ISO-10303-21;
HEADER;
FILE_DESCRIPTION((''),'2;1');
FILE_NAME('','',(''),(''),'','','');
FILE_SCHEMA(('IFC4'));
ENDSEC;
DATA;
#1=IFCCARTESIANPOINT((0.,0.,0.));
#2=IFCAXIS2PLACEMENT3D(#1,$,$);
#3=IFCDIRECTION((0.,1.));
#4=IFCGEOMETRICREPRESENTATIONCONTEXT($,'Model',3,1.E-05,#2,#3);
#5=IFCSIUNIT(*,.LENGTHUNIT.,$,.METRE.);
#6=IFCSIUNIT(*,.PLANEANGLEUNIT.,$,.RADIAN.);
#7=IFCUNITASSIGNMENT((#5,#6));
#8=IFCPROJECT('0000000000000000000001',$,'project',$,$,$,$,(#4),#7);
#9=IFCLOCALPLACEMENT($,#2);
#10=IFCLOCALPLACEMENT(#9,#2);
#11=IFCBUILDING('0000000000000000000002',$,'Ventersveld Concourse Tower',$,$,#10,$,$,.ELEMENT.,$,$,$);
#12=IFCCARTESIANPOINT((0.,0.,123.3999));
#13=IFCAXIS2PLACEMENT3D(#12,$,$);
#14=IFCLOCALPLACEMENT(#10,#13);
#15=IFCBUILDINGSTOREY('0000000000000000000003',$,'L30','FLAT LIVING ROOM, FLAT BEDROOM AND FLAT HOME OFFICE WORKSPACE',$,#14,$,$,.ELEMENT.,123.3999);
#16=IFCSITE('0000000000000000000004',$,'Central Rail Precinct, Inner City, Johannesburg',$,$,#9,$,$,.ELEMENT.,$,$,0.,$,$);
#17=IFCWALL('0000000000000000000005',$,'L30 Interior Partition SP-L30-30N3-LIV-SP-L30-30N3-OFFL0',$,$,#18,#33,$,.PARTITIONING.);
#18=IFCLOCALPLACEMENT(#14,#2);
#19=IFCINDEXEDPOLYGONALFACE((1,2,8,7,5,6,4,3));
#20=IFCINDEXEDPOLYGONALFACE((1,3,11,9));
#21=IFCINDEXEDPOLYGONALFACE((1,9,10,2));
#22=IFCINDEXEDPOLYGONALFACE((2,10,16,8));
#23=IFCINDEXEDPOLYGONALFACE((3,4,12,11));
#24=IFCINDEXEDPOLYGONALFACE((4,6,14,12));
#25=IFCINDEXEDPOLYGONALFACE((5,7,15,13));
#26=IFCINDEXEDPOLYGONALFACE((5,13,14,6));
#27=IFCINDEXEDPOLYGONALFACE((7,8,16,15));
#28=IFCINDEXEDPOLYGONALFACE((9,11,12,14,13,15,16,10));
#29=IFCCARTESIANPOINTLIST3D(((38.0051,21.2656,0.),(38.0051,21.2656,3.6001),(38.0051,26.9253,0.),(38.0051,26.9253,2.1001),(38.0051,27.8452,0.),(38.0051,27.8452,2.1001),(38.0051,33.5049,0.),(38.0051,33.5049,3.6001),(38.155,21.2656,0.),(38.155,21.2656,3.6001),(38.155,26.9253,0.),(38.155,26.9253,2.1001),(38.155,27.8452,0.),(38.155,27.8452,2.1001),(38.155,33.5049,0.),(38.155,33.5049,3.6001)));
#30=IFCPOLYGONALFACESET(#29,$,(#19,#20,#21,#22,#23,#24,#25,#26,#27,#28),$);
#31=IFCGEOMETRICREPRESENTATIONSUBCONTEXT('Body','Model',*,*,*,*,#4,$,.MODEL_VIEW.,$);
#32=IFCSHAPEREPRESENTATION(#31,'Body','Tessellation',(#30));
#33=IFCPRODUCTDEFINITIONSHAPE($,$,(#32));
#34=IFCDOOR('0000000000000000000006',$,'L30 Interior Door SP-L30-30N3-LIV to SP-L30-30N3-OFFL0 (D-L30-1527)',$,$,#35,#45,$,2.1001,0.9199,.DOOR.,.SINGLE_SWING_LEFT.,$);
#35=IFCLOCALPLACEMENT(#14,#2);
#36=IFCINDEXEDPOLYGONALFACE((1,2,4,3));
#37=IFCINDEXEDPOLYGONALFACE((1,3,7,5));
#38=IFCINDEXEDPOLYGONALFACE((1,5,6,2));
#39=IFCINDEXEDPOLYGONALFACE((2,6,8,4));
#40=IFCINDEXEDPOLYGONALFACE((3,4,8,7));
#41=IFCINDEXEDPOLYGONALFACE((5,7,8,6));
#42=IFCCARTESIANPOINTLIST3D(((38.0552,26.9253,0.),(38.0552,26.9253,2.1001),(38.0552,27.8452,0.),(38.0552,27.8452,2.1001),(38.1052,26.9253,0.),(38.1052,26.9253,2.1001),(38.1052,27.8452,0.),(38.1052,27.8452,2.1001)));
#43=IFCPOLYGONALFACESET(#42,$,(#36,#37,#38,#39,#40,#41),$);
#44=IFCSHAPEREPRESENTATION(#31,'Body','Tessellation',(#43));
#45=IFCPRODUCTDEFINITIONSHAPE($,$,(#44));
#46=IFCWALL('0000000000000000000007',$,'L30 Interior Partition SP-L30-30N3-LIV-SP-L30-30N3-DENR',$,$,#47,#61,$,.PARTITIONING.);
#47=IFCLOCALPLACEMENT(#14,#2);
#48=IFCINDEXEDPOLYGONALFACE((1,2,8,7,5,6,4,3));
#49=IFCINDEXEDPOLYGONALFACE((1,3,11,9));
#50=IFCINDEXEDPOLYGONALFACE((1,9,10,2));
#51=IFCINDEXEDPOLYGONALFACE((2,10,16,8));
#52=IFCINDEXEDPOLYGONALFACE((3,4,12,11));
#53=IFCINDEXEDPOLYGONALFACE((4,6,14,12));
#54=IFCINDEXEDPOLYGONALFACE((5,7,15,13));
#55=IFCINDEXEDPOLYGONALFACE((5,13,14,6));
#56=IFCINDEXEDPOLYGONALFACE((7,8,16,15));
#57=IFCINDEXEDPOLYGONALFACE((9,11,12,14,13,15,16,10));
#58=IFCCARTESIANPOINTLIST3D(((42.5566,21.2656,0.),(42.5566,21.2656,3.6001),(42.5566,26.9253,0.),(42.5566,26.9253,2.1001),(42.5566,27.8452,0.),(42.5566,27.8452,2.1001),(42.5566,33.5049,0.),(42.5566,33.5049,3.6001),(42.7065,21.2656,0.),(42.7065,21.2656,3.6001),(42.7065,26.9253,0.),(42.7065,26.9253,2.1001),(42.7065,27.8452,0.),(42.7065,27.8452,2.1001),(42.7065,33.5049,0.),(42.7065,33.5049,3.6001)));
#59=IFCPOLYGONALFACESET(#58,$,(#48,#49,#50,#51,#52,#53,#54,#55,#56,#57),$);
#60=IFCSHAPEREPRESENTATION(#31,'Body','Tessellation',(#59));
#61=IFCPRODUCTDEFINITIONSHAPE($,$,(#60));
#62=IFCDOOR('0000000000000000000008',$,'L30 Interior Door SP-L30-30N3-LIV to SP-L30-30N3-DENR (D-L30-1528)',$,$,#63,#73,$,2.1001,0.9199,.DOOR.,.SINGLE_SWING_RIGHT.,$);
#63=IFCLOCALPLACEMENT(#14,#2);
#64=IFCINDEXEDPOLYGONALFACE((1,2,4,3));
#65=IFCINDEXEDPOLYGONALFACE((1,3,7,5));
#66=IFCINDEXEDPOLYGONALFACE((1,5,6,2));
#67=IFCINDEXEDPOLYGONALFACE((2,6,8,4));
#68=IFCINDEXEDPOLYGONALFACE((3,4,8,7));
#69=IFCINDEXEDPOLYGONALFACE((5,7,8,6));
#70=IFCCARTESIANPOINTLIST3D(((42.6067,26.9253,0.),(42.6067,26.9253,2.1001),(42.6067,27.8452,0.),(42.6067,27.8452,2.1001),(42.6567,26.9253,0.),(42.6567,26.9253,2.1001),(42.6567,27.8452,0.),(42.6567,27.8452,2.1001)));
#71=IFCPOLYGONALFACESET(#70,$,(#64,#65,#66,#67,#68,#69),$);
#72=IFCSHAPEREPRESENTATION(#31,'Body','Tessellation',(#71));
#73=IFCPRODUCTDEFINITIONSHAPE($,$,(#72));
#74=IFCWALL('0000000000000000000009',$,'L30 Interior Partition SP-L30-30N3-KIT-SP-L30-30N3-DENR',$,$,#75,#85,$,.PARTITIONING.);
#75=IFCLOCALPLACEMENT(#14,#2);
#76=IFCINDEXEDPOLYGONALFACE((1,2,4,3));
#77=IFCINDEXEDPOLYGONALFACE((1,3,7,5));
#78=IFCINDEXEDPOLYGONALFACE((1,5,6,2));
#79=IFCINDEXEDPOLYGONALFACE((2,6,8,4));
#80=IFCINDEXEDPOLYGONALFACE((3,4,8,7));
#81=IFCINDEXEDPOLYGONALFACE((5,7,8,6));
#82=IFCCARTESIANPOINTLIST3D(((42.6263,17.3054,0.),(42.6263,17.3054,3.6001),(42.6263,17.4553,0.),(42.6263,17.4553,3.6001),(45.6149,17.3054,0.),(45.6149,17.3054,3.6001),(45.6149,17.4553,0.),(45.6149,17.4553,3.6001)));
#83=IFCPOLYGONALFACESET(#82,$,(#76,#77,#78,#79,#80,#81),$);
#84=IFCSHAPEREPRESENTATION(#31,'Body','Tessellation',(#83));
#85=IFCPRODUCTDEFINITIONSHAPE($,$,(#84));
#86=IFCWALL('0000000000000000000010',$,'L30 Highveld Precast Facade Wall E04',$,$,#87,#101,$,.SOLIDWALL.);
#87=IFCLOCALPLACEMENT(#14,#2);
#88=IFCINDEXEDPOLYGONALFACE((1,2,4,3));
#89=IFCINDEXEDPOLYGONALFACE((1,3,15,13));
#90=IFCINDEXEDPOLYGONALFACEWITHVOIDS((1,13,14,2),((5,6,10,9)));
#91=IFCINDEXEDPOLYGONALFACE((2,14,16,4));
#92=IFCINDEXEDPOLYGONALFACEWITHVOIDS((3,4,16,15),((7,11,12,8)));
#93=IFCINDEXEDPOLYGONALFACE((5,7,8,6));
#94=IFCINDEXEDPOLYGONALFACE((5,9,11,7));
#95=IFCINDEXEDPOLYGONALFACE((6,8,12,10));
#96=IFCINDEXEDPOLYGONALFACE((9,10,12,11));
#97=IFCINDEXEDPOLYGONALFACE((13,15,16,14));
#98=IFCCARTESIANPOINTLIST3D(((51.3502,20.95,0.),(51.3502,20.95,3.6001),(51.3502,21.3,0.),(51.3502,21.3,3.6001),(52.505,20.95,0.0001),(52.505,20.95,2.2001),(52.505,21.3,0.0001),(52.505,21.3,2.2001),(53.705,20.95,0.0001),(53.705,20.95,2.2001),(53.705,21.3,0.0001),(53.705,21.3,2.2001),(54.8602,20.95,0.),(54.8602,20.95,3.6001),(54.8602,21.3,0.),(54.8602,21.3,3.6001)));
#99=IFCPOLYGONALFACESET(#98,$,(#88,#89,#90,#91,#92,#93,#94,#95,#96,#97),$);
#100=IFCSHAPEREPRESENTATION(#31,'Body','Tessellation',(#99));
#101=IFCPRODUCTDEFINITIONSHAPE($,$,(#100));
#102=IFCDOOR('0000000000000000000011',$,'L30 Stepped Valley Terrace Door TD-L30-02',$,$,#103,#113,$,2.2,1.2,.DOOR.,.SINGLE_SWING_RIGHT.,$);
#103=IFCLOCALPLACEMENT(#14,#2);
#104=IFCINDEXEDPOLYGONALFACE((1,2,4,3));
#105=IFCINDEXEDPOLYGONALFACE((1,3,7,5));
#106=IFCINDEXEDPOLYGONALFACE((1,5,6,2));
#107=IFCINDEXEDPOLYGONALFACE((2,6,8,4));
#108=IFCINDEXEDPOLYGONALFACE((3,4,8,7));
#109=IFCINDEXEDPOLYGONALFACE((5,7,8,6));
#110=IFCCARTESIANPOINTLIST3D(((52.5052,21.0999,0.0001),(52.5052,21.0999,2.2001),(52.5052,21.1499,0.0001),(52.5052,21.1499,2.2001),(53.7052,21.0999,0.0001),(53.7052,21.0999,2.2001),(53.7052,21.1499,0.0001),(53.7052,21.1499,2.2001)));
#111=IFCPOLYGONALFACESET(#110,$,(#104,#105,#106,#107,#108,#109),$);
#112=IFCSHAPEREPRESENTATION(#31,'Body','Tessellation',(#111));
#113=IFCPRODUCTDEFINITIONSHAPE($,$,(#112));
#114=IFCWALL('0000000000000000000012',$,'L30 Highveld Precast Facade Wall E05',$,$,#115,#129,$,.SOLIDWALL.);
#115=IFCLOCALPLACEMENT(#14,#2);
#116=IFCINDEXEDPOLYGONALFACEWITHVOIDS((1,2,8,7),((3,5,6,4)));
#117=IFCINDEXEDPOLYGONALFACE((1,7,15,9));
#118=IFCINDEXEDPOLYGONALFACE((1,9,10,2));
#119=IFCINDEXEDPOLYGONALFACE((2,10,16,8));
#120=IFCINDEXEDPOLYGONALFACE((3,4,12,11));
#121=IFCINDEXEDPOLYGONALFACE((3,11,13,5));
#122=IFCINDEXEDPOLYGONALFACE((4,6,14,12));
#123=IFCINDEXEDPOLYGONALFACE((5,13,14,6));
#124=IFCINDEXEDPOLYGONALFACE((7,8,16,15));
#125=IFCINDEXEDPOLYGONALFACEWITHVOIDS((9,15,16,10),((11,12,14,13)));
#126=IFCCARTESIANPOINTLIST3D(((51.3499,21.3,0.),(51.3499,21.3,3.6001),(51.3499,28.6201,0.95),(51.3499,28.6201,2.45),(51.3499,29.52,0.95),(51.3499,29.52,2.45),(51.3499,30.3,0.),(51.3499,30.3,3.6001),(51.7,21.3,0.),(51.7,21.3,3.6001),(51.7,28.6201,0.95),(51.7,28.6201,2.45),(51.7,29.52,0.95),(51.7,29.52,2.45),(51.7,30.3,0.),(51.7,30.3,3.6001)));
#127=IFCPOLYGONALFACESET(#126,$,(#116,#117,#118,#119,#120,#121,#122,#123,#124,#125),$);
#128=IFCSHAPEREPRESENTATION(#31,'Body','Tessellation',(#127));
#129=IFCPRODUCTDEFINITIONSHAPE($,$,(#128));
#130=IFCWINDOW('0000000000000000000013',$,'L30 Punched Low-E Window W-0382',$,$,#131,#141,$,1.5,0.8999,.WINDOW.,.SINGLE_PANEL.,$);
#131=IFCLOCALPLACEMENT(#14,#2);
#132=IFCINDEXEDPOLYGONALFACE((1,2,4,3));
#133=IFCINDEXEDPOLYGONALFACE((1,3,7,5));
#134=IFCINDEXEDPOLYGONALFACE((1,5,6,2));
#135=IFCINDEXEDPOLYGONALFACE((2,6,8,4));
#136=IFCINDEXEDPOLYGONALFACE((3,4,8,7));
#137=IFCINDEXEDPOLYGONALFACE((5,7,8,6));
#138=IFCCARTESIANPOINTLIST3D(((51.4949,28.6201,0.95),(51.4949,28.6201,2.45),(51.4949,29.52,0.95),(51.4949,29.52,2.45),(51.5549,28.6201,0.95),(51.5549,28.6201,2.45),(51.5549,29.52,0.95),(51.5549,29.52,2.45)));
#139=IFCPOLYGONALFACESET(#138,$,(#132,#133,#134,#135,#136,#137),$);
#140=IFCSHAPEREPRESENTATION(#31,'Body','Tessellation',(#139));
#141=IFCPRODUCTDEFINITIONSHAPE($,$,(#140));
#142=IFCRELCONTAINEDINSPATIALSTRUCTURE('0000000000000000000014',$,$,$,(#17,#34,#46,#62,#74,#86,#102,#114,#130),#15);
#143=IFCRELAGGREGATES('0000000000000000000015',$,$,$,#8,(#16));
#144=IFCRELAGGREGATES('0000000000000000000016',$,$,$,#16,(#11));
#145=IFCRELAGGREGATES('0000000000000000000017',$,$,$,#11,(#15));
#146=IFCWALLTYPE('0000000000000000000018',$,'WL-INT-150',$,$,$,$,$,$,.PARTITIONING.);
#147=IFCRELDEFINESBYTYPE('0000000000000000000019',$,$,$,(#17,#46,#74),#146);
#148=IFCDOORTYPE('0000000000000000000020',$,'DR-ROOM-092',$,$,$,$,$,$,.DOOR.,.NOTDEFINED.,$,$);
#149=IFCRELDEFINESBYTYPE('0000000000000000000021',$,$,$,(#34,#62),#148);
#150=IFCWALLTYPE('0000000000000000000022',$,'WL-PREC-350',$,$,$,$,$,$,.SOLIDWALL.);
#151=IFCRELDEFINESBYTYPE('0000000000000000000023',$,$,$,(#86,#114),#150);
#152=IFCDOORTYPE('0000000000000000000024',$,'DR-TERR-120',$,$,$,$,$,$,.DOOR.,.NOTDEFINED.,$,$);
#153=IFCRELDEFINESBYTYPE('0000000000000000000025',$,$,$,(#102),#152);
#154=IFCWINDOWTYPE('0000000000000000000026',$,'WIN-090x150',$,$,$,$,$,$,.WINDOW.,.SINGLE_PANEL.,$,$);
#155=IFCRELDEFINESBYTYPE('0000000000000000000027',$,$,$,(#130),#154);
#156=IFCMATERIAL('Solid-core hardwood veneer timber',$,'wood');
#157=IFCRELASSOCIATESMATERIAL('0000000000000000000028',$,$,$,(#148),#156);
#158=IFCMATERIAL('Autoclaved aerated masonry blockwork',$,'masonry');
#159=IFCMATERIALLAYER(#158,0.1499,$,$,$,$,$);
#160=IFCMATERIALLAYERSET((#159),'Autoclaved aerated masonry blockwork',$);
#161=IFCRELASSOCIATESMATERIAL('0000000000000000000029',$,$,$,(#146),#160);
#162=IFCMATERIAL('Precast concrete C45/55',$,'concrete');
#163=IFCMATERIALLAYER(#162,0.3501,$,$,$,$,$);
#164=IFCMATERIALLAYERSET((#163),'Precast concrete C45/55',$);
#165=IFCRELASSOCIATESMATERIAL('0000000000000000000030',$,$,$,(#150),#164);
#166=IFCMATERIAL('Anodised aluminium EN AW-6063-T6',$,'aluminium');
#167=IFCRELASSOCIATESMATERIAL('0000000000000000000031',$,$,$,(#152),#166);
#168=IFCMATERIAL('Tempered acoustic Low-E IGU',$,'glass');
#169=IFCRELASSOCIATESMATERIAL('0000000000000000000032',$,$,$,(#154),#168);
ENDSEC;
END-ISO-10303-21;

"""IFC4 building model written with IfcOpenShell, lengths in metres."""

from ifc_helpers import new_model, si_unit, direction, frame, frame_2d, origin, place, context, subcontext, project, spatial, rectangle, extrude, material, layer, layer_set, type_object, element, fill, save


model = new_model("IFC4")

# Units and contexts
model_context = context("Model", 3, precision=1e-05, world=origin(), true_north=direction((0.0, 1.0)))
body_context = subcontext(model_context, "Body", "Model", "MODEL_VIEW")
ifc_project = project(units=[si_unit("LENGTHUNIT", "METRE"), si_unit("PLANEANGLEUNIT", "RADIAN")], contexts=[model_context])

# Site, building, storey
site_placement = place(None, origin())
site = spatial("IfcSite", under=ifc_project, at=site_placement, Name="Central Rail Precinct, Inner City, Johannesburg", CompositionType="ELEMENT", RefElevation=0.0)
building_placement = place(site_placement, origin())
building = spatial("IfcBuilding", under=site, at=building_placement, Name="Ventersveld Concourse Tower", CompositionType="ELEMENT")
storey_placement = place(building_placement, frame((0.0, 0.0, 123.3999)))
storey = spatial("IfcBuildingStorey", under=building, at=storey_placement, Name="L30", Description="FLAT LIVING ROOM, FLAT BEDROOM AND FLAT HOME OFFICE WORKSPACE", CompositionType="ELEMENT", Elevation=123.3999)

# Walls, openings, doors
ifc_material_1 = material(Name="Solid-core hardwood veneer timber", Category="wood")
door_type_1 = type_object("IfcDoorType", Name="DR-ROOM-092", OperationType="NOTDEFINED", PredefinedType="DOOR", material=ifc_material_1)
ifc_material_2 = material(Name="Autoclaved aerated masonry blockwork", Category="masonry")
ifc_layer_1 = layer(ifc_material_2, 0.1499)
ifc_layer_set_1 = layer_set([ifc_layer_1], Name="Autoclaved aerated masonry blockwork")
wall_type_1 = type_object("IfcWallType", Name="WL-INT-150", PredefinedType="PARTITIONING", material=ifc_layer_set_1)
wall_1_placement = place(storey_placement, frame((38.0801, 21.2656, 0.0), z_axis=(0.0, 0.0, 1.0), x_axis=(0.0, 1.0, 0.0)))
wall_1 = element("IfcWall", 1, at=wall_1_placement, inside=storey, type_object=wall_type_1, Name="L30 Interior Partition SP-L30-30N3-LIV-SP-L30-30N3-OFFL0", PredefinedType="PARTITIONING", context=body_context, shape_type="SweptSolid", body=[
    extrude(rectangle(XDim=12.2393, YDim=0.1499, at=frame_2d((6.1196, 0.0))), origin(), (0.0, 0.0, 1.0), 3.6001),
])
opening_1_placement = place(wall_1_placement, frame((5.6597, 0.0, 0.0)))
opening_1 = element("IfcOpeningElement", 2, at=opening_1_placement, cuts=wall_1, PredefinedType="OPENING", context=body_context, shape_type="SweptSolid", body=[
    extrude(rectangle(XDim=0.9199, YDim=2.1001, at=frame_2d((0.46, 1.05))), frame((0.0, 0.085, 0.0), z_axis=(0.0, -1.0, 0.0), x_axis=(1.0, 0.0, 0.0)), (0.0, 0.0, 1.0), 0.1699),
])
door_1_placement = place(opening_1_placement, origin())
door_1 = element("IfcDoor", 3, at=door_1_placement, inside=storey, type_object=door_type_1, Name="L30 Interior Door SP-L30-30N3-LIV to SP-L30-30N3-OFFL0 (D-L30-1527)", OperationType="SINGLE_SWING_LEFT", OverallHeight=2.1001, OverallWidth=0.9199, PredefinedType="DOOR", context=body_context, shape_type="SweptSolid", body=[
    extrude(rectangle(XDim=0.9199, YDim=2.1001, at=frame_2d((0.46, 1.05))), frame((0.0, 0.0249, 0.0), z_axis=(0.0, -1.0, 0.0), x_axis=(1.0, 0.0, 0.0)), (0.0, 0.0, 1.0), 0.05),
])
fill(opening_1, door_1)
wall_2_placement = place(storey_placement, frame((42.6316, 21.2656, 0.0), z_axis=(0.0, 0.0, 1.0), x_axis=(0.0, 1.0, 0.0)))
wall_2 = element("IfcWall", 4, at=wall_2_placement, inside=storey, type_object=wall_type_1, Name="L30 Interior Partition SP-L30-30N3-LIV-SP-L30-30N3-DENR", PredefinedType="PARTITIONING", context=body_context, shape_type="SweptSolid", body=[
    extrude(rectangle(XDim=12.2393, YDim=0.1499, at=frame_2d((6.1196, 0.0))), origin(), (0.0, 0.0, 1.0), 3.6001),
])
opening_2_placement = place(wall_2_placement, frame((5.6597, 0.0, 0.0)))
opening_2 = element("IfcOpeningElement", 5, at=opening_2_placement, cuts=wall_2, PredefinedType="OPENING", context=body_context, shape_type="SweptSolid", body=[
    extrude(rectangle(XDim=0.9199, YDim=2.1001, at=frame_2d((0.46, 1.05))), frame((0.0, 0.085, 0.0), z_axis=(0.0, -1.0, 0.0), x_axis=(1.0, 0.0, 0.0)), (0.0, 0.0, 1.0), 0.1699),
])
door_2_placement = place(opening_2_placement, origin())
door_2 = element("IfcDoor", 6, at=door_2_placement, inside=storey, type_object=door_type_1, Name="L30 Interior Door SP-L30-30N3-LIV to SP-L30-30N3-DENR (D-L30-1528)", OperationType="SINGLE_SWING_RIGHT", OverallHeight=2.1001, OverallWidth=0.9199, PredefinedType="DOOR", context=body_context, shape_type="SweptSolid", body=[
    extrude(rectangle(XDim=0.9199, YDim=2.1001, at=frame_2d((0.46, 1.05))), frame((0.0, 0.0249, 0.0), z_axis=(0.0, -1.0, 0.0), x_axis=(1.0, 0.0, 0.0)), (0.0, 0.0, 1.0), 0.05),
])
fill(opening_2, door_2)

# Wall
wall_3_placement = place(storey_placement, frame((42.6265, 17.3804, 0.0), z_axis=(0.0, 0.0, 1.0), x_axis=(1.0, 0.0, 0.0)))
element("IfcWall", 7, at=wall_3_placement, inside=storey, type_object=wall_type_1, Name="L30 Interior Partition SP-L30-30N3-KIT-SP-L30-30N3-DENR", PredefinedType="PARTITIONING", context=body_context, shape_type="SweptSolid", body=[
    extrude(rectangle(XDim=2.9885, YDim=0.1499, at=frame_2d((1.4941, 0.0))), origin(), (0.0, 0.0, 1.0), 3.6001),
])

# Wall, opening, door
ifc_material_3 = material(Name="Precast concrete C45/55", Category="concrete")
ifc_layer_2 = layer(ifc_material_3, 0.3501)
ifc_layer_set_2 = layer_set([ifc_layer_2], Name="Precast concrete C45/55")
wall_type_2 = type_object("IfcWallType", Name="WL-PREC-350", PredefinedType="SOLIDWALL", material=ifc_layer_set_2)
wall_4_placement = place(storey_placement, frame((54.8601, 21.125, 0.0), z_axis=(0.0, 0.0, 1.0), x_axis=(-1.0, 0.0, 0.0)))
wall_4 = element("IfcWall", 8, at=wall_4_placement, inside=storey, type_object=wall_type_2, Name="L30 Highveld Precast Facade Wall E04", PredefinedType="SOLIDWALL", context=body_context, shape_type="SweptSolid", body=[
    extrude(rectangle(XDim=3.51, YDim=0.3501, at=frame_2d((1.7549, 0.0))), origin(), (0.0, 0.0, 1.0), 3.6001),
])
opening_3_placement = place(wall_4_placement, frame((1.155, 0.0, 0.0)))
opening_3 = element("IfcOpeningElement", 9, at=opening_3_placement, cuts=wall_4, PredefinedType="OPENING", context=body_context, shape_type="SweptSolid", body=[
    extrude(rectangle(XDim=1.2, YDim=2.2, at=frame_2d((0.6001, 1.1001))), frame((0.0, 0.1851, 0.0), z_axis=(0.0, -1.0, 0.0), x_axis=(1.0, 0.0, 0.0)), (0.0, 0.0, 1.0), 0.3701),
])
ifc_material_4 = material(Name="Anodised aluminium EN AW-6063-T6", Category="aluminium")
door_type_2 = type_object("IfcDoorType", Name="DR-TERR-120", OperationType="NOTDEFINED", PredefinedType="DOOR", material=ifc_material_4)
door_3_placement = place(opening_3_placement, frame((1.2, 0.0, 0.0), z_axis=(0.0, 0.0, 1.0), x_axis=(-1.0, 0.0, 0.0)))
door_3 = element("IfcDoor", 10, at=door_3_placement, inside=storey, type_object=door_type_2, Name="L30 Stepped Valley Terrace Door TD-L30-02", OperationType="SINGLE_SWING_RIGHT", OverallHeight=2.2, OverallWidth=1.2, PredefinedType="DOOR", context=body_context, shape_type="SweptSolid", body=[
    extrude(rectangle(XDim=1.2, YDim=2.2, at=frame_2d((0.6001, 1.1001))), frame((0.0, 0.0249, 0.0), z_axis=(0.0, -1.0, 0.0), x_axis=(1.0, 0.0, 0.0)), (0.0, 0.0, 1.0), 0.05),
])
fill(opening_3, door_3)

# Wall, opening, window
wall_5_placement = place(storey_placement, frame((51.5249, 21.3, 0.0), z_axis=(0.0, 0.0, 1.0), x_axis=(0.0, 1.0, 0.0)))
wall_5 = element("IfcWall", 11, at=wall_5_placement, inside=storey, type_object=wall_type_2, Name="L30 Highveld Precast Facade Wall E05", PredefinedType="SOLIDWALL", context=body_context, shape_type="SweptSolid", body=[
    extrude(rectangle(XDim=9.0, YDim=0.3501, at=frame_2d((4.5, 0.0))), origin(), (0.0, 0.0, 1.0), 3.6001),
])
opening_4_placement = place(wall_5_placement, frame((7.3201, 0.0, 0.95)))
opening_4 = element("IfcOpeningElement", 12, at=opening_4_placement, cuts=wall_5, PredefinedType="OPENING", context=body_context, shape_type="SweptSolid", body=[
    extrude(rectangle(XDim=0.8999, YDim=1.5, at=frame_2d((0.45, 0.75))), frame((0.0, 0.1851, 0.0), z_axis=(0.0, -1.0, 0.0), x_axis=(1.0, 0.0, 0.0)), (0.0, 0.0, 1.0), 0.3701),
])
ifc_material_5 = material(Name="Tempered acoustic Low-E IGU", Category="glass")
window_type = type_object("IfcWindowType", Name="WIN-090x150", PartitioningType="SINGLE_PANEL", PredefinedType="WINDOW", material=ifc_material_5)
window_placement = place(opening_4_placement, origin())
window = element("IfcWindow", 13, at=window_placement, inside=storey, type_object=window_type, Name="L30 Punched Low-E Window W-0382", OverallHeight=1.5, OverallWidth=0.8999, PartitioningType="SINGLE_PANEL", PredefinedType="WINDOW", context=body_context, shape_type="SweptSolid", body=[
    extrude(rectangle(XDim=0.8999, YDim=1.5, at=frame_2d((0.45, 0.75))), frame((0.0, 0.03, 0.0), z_axis=(0.0, -1.0, 0.0), x_axis=(1.0, 0.0, 0.0)), (0.0, 0.0, 1.0), 0.0601),
])
fill(opening_4, window)

save(model, "model.ifc")
